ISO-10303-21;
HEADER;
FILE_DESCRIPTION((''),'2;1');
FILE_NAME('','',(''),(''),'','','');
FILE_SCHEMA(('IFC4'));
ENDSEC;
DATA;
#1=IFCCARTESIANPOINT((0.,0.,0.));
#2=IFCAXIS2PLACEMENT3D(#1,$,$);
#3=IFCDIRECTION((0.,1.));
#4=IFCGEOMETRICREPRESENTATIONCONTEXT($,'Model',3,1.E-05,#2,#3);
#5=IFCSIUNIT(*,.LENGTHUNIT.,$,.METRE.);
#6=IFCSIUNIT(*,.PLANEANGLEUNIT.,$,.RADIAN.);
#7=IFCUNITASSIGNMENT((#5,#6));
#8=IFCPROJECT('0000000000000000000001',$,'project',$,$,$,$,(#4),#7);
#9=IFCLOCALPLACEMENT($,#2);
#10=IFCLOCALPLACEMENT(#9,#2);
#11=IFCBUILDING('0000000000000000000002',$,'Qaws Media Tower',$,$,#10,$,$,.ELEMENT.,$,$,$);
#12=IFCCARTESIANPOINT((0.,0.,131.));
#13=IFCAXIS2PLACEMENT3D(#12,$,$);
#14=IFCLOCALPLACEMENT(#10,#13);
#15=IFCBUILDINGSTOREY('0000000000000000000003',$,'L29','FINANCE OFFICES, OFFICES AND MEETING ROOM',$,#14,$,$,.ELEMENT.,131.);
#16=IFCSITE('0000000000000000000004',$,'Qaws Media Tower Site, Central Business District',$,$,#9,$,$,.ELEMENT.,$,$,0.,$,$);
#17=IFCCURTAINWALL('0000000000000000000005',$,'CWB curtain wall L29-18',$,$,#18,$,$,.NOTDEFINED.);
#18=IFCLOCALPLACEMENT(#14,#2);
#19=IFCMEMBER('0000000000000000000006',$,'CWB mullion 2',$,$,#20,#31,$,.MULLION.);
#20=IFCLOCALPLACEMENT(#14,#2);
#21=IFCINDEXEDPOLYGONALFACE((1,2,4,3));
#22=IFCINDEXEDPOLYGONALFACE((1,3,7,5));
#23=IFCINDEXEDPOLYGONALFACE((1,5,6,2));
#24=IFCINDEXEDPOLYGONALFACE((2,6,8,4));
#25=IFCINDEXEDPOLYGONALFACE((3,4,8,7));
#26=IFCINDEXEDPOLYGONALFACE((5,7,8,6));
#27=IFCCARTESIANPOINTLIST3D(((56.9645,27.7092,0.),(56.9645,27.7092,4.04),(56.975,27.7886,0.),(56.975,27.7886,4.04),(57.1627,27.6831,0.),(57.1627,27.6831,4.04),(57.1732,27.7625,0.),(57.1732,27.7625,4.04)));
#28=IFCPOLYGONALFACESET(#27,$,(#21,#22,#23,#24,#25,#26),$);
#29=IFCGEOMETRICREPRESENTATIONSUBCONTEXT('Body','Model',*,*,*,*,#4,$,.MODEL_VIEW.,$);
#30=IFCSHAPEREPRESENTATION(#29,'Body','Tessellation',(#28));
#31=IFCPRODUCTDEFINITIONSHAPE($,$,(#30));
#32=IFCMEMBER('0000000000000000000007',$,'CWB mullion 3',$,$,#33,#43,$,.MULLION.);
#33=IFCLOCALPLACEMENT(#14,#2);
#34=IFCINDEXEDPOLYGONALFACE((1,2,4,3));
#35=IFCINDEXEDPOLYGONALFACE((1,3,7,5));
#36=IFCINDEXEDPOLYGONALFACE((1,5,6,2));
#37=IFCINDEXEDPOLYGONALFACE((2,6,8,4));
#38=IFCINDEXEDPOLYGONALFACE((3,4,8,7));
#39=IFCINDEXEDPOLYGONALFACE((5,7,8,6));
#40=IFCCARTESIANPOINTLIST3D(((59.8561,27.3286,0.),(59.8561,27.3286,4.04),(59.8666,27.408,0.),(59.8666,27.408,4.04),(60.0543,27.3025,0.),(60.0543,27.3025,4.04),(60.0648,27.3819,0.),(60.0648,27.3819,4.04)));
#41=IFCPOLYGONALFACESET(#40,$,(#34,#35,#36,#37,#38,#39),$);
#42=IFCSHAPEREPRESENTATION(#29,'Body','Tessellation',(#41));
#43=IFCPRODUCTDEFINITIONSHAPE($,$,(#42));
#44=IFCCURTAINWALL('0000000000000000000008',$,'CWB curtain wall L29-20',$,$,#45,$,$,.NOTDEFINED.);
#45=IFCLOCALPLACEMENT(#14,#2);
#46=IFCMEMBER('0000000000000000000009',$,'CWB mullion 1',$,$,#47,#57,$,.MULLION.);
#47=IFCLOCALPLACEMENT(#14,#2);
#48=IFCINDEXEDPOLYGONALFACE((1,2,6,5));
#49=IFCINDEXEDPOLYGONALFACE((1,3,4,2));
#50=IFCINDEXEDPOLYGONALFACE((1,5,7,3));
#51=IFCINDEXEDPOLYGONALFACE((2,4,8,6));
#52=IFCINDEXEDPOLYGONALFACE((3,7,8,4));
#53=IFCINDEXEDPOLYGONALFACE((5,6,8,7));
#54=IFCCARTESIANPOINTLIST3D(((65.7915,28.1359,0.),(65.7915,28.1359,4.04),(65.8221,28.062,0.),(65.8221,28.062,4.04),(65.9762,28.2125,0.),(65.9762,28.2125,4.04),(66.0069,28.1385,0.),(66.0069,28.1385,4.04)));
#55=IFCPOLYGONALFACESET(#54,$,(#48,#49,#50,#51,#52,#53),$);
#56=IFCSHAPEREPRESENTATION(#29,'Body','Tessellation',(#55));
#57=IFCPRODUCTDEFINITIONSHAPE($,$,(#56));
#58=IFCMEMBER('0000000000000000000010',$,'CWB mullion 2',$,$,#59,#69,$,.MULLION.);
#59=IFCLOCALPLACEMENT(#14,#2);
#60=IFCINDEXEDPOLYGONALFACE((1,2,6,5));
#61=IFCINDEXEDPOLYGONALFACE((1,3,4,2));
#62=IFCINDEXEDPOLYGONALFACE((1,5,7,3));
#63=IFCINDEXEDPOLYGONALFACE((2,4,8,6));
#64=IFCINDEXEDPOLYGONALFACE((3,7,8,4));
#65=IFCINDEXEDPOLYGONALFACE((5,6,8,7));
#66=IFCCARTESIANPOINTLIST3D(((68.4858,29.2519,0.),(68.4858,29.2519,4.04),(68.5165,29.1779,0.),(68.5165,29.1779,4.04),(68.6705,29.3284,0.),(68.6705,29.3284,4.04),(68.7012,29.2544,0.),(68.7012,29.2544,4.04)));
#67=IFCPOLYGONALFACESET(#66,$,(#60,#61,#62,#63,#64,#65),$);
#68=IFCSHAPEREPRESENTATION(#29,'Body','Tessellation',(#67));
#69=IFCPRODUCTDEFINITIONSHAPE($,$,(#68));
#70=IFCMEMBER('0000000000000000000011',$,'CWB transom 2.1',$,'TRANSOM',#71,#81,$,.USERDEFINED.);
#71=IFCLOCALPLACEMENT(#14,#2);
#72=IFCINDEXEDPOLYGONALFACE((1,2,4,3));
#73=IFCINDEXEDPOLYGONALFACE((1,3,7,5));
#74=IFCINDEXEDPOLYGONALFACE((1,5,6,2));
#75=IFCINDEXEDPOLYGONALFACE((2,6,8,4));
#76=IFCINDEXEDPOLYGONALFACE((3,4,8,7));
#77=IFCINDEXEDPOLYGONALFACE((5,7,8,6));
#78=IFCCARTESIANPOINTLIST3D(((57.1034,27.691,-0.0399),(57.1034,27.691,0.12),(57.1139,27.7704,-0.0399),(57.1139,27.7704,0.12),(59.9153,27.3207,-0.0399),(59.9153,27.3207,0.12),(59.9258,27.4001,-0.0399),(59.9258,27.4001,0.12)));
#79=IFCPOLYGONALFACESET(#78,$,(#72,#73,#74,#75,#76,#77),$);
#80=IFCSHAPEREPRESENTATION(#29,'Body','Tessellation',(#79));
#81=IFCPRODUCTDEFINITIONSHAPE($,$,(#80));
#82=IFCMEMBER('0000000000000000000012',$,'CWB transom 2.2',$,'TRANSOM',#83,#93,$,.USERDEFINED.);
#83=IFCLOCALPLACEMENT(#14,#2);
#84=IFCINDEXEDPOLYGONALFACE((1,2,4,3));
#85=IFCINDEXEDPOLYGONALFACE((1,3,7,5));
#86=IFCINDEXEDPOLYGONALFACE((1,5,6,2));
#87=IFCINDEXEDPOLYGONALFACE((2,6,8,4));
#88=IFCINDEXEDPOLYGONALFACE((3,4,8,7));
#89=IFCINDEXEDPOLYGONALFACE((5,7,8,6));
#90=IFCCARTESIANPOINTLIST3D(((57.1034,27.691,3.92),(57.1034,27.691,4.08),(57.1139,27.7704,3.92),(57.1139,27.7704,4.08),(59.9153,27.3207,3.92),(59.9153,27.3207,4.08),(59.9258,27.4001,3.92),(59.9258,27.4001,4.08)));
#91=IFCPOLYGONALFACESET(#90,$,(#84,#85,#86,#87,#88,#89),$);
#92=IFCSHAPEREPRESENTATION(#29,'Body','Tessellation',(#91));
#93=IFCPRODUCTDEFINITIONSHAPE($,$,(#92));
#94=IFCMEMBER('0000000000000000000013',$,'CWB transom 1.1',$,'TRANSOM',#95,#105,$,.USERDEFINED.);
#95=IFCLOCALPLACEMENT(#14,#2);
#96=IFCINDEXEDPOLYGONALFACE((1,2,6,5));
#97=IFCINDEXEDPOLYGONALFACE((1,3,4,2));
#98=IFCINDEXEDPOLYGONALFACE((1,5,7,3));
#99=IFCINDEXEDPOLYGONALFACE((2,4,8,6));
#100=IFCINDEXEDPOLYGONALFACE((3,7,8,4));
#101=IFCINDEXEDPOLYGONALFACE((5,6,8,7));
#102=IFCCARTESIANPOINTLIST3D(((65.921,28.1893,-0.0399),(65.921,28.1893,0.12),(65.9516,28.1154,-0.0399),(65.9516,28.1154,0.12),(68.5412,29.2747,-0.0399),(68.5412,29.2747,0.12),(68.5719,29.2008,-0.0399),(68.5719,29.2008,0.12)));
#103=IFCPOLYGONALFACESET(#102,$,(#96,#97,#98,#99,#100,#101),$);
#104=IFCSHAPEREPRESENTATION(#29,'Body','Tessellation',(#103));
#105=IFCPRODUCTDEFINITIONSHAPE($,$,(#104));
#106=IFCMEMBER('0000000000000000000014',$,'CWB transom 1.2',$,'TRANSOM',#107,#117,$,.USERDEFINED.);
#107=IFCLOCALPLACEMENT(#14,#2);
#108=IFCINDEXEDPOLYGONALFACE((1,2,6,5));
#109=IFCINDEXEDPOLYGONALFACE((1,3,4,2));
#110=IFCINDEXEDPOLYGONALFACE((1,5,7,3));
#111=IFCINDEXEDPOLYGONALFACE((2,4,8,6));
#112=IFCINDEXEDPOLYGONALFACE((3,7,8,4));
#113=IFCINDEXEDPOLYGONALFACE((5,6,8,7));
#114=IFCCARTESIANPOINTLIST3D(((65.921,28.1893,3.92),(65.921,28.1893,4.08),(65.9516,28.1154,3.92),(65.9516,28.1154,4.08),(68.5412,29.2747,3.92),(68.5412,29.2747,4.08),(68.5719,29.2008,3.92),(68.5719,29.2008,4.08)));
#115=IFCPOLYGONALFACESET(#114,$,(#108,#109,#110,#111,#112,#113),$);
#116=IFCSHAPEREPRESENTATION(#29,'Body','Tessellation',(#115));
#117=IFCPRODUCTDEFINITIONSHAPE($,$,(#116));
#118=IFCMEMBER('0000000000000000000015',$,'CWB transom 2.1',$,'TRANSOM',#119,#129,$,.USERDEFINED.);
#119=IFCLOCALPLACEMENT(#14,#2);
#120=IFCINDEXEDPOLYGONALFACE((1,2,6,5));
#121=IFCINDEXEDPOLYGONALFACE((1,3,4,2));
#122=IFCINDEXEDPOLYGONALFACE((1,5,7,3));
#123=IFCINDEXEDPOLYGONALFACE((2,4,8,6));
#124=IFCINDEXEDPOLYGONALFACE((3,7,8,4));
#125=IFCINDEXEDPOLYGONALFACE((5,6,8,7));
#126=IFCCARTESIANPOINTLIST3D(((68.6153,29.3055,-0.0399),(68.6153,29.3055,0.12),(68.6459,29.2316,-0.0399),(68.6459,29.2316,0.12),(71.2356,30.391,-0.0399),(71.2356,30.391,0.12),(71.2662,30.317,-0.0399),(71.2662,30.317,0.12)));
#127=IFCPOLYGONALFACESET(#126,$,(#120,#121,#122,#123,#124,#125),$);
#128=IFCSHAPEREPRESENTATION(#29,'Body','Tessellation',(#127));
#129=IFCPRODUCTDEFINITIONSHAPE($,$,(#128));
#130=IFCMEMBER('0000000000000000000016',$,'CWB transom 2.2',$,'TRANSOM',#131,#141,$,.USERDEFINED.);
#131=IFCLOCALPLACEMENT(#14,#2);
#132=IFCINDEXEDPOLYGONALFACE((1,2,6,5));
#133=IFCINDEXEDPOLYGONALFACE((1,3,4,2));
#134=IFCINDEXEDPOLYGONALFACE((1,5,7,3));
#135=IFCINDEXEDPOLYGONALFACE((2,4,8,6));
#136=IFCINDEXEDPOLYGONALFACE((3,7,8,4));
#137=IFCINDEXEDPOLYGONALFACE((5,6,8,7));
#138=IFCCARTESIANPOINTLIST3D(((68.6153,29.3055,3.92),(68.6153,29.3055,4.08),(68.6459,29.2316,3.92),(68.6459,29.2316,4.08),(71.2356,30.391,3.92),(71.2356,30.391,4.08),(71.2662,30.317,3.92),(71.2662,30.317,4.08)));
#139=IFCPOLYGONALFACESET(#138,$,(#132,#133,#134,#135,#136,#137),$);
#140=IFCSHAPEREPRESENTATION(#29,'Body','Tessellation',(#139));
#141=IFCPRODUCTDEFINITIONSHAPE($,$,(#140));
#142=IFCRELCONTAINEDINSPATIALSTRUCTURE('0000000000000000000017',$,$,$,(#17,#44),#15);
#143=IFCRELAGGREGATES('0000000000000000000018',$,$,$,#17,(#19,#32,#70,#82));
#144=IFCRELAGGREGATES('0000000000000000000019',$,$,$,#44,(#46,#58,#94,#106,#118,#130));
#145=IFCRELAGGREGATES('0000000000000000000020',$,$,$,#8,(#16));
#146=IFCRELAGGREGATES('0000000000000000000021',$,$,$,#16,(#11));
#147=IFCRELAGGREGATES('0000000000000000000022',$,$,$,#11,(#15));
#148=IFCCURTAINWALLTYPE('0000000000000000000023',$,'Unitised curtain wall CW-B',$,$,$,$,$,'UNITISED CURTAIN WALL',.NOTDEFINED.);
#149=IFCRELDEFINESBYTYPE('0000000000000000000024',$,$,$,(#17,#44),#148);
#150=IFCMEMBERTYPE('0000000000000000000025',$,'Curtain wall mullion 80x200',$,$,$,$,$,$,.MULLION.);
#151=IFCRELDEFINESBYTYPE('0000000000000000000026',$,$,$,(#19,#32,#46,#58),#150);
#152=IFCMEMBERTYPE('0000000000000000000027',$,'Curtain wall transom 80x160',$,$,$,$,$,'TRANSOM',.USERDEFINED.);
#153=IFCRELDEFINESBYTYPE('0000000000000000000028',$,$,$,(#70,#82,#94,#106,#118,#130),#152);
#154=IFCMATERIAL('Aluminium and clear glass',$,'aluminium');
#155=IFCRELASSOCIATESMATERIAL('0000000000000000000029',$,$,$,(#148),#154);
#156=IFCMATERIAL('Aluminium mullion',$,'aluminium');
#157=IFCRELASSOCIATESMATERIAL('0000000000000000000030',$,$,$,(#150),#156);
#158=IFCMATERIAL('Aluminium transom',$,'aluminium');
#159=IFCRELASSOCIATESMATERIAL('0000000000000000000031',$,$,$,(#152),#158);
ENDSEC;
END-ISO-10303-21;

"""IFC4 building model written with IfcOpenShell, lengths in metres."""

from ifc_helpers import new_model, si_unit, direction, frame, origin, origin_2d, place, context, subcontext, project, spatial, rectangle, extrude, material, material_profile, profile_set, type_object, element, aggregate, save


model = new_model("IFC4")

# Units and contexts
model_context = context("Model", 3, precision=1e-05, world=origin(), true_north=direction((0.0, 1.0)))
body_context = subcontext(model_context, "Body", "Model", "MODEL_VIEW")
ifc_project = project(units=[si_unit("LENGTHUNIT", "METRE"), si_unit("PLANEANGLEUNIT", "RADIAN")], contexts=[model_context])

# Site, building, storey
site_placement = place(None, origin())
site = spatial("IfcSite", under=ifc_project, at=site_placement, Name="Qaws Media Tower Site, Central Business District", CompositionType="ELEMENT", RefElevation=0.0)
building_placement = place(site_placement, origin())
building = spatial("IfcBuilding", under=site, at=building_placement, Name="Qaws Media Tower", CompositionType="ELEMENT")
storey_placement = place(building_placement, frame((0.0, 0.0, 131.0)))
storey = spatial("IfcBuildingStorey", under=building, at=storey_placement, Name="L29", Description="FINANCE OFFICES, OFFICES AND MEETING ROOM", CompositionType="ELEMENT", Elevation=131.0)

# Curtain walls, members
ifc_material_1 = material(Name="Aluminium and clear glass", Category="aluminium")
curtain_wall_type = type_object("IfcCurtainWallType", Name="Unitised curtain wall CW-B", ElementType="UNITISED CURTAIN WALL", PredefinedType="NOTDEFINED", material=ifc_material_1)
curtain_wall_1_placement = place(storey_placement, origin())
curtain_wall_1 = element("IfcCurtainWall", 1, at=curtain_wall_1_placement, inside=storey, type_object=curtain_wall_type, Name="CWB curtain wall L29-18", PredefinedType="NOTDEFINED")
ifc_material_2 = material(Name="Aluminium mullion", Category="aluminium")
ifc_material_profile_1 = material_profile(ifc_material_2, rectangle(XDim=0.0801, YDim=0.2, at=origin_2d()), Name="80x200")
ifc_profile_set_1 = profile_set([ifc_material_profile_1], Name="Aluminium mullion")
member_type_1 = type_object("IfcMemberType", Name="Curtain wall mullion 80x200", PredefinedType="MULLION", material=ifc_profile_set_1)
member_1_placement = place(storey_placement, frame((57.0688, 27.7358, 0.0), z_axis=(0.0, 0.0, 1.0), x_axis=(0.130526, 0.991445, 0.0)))
member_1 = element("IfcMember", 2, at=member_1_placement, type_object=member_type_1, Name="CWB mullion 2", PredefinedType="MULLION", context=body_context, shape_type="SweptSolid", body=[
    extrude(rectangle(XDim=0.0801, YDim=0.2, at=origin_2d()), origin(), (0.0, 0.0, 1.0), 4.04),
])
member_2_placement = place(storey_placement, frame((59.9604, 27.3552, 0.0), z_axis=(0.0, 0.0, 1.0), x_axis=(0.130526, 0.991445, 0.0)))
member_2 = element("IfcMember", 3, at=member_2_placement, type_object=member_type_1, Name="CWB mullion 3", PredefinedType="MULLION", context=body_context, shape_type="SweptSolid", body=[
    extrude(rectangle(XDim=0.0801, YDim=0.2, at=origin_2d()), origin(), (0.0, 0.0, 1.0), 4.04),
])
curtain_wall_2_placement = place(storey_placement, origin())
curtain_wall_2 = element("IfcCurtainWall", 4, at=curtain_wall_2_placement, inside=storey, type_object=curtain_wall_type, Name="CWB curtain wall L29-20", PredefinedType="NOTDEFINED")
member_3_placement = place(storey_placement, frame((65.8992, 28.1372, 0.0), z_axis=(0.0, 0.0, 1.0), x_axis=(-0.382683, 0.92388, 0.0)))
member_3 = element("IfcMember", 5, at=member_3_placement, type_object=member_type_1, Name="CWB mullion 1", PredefinedType="MULLION", context=body_context, shape_type="SweptSolid", body=[
    extrude(rectangle(XDim=0.0801, YDim=0.2, at=origin_2d()), origin(), (0.0, 0.0, 1.0), 4.04),
])
member_4_placement = place(storey_placement, frame((68.5935, 29.2532, 0.0), z_axis=(0.0, 0.0, 1.0), x_axis=(-0.382683, 0.92388, 0.0)))
member_4 = element("IfcMember", 6, at=member_4_placement, type_object=member_type_1, Name="CWB mullion 2", PredefinedType="MULLION", context=body_context, shape_type="SweptSolid", body=[
    extrude(rectangle(XDim=0.0801, YDim=0.2, at=origin_2d()), origin(), (0.0, 0.0, 1.0), 4.04),
])

# Members
ifc_material_3 = material(Name="Aluminium transom", Category="aluminium")
ifc_material_profile_2 = material_profile(ifc_material_3, rectangle(XDim=0.0801, YDim=0.1599, at=origin_2d()), Name="80x160")
ifc_profile_set_2 = profile_set([ifc_material_profile_2], Name="Aluminium transom")
member_type_2 = type_object("IfcMemberType", Name="Curtain wall transom 80x160", ElementType="TRANSOM", PredefinedType="USERDEFINED", material=ifc_profile_set_2)
member_5_placement = place(storey_placement, frame((57.1086, 27.7307, 0.04), z_axis=(0.991438, -0.130579, 0.0), x_axis=(0.130579, 0.991438, 0.0)))
member_5 = element("IfcMember", 7, at=member_5_placement, type_object=member_type_2, Name="CWB transom 2.1", ObjectType="TRANSOM", PredefinedType="USERDEFINED", context=body_context, shape_type="SweptSolid", body=[
    extrude(rectangle(XDim=0.0801, YDim=0.1599, at=origin_2d()), origin(), (0.0, 0.0, 1.0), 2.8362),
])
member_6_placement = place(storey_placement, frame((57.1086, 27.7307, 4.0), z_axis=(0.991438, -0.130579, 0.0), x_axis=(0.130579, 0.991438, 0.0)))
member_6 = element("IfcMember", 8, at=member_6_placement, type_object=member_type_2, Name="CWB transom 2.2", ObjectType="TRANSOM", PredefinedType="USERDEFINED", context=body_context, shape_type="SweptSolid", body=[
    extrude(rectangle(XDim=0.0801, YDim=0.1599, at=origin_2d()), origin(), (0.0, 0.0, 1.0), 2.8362),
])
member_7_placement = place(storey_placement, frame((65.9363, 28.1523, 0.04), z_axis=(0.923872, 0.382701, 0.0), x_axis=(-0.382701, 0.923872, 0.0)))
member_7 = element("IfcMember", 9, at=member_7_placement, type_object=member_type_2, Name="CWB transom 1.1", ObjectType="TRANSOM", PredefinedType="USERDEFINED", context=body_context, shape_type="SweptSolid", body=[
    extrude(rectangle(XDim=0.0801, YDim=0.1599, at=origin_2d()), origin(), (0.0, 0.0, 1.0), 2.8362),
])
member_8_placement = place(storey_placement, frame((65.9363, 28.1523, 4.0), z_axis=(0.923872, 0.382701, 0.0), x_axis=(-0.382701, 0.923872, 0.0)))
member_8 = element("IfcMember", 10, at=member_8_placement, type_object=member_type_2, Name="CWB transom 1.2", ObjectType="TRANSOM", PredefinedType="USERDEFINED", context=body_context, shape_type="SweptSolid", body=[
    extrude(rectangle(XDim=0.0801, YDim=0.1599, at=origin_2d()), origin(), (0.0, 0.0, 1.0), 2.8362),
])
member_9_placement = place(storey_placement, frame((68.6306, 29.2686, 0.04), z_axis=(0.923872, 0.382701, 0.0), x_axis=(-0.382701, 0.923872, 0.0)))
member_9 = element("IfcMember", 11, at=member_9_placement, type_object=member_type_2, Name="CWB transom 2.1", ObjectType="TRANSOM", PredefinedType="USERDEFINED", context=body_context, shape_type="SweptSolid", body=[
    extrude(rectangle(XDim=0.0801, YDim=0.1599, at=origin_2d()), origin(), (0.0, 0.0, 1.0), 2.8362),
])
member_10_placement = place(storey_placement, frame((68.6306, 29.2686, 4.0), z_axis=(0.923872, 0.382701, 0.0), x_axis=(-0.382701, 0.923872, 0.0)))
member_10 = element("IfcMember", 12, at=member_10_placement, type_object=member_type_2, Name="CWB transom 2.2", ObjectType="TRANSOM", PredefinedType="USERDEFINED", context=body_context, shape_type="SweptSolid", body=[
    extrude(rectangle(XDim=0.0801, YDim=0.1599, at=origin_2d()), origin(), (0.0, 0.0, 1.0), 2.8362),
])

aggregate(curtain_wall_1, [member_1, member_2, member_5, member_6])
aggregate(curtain_wall_2, [member_3, member_4, member_7, member_8, member_9, member_10])

save(model, "model.ifc")
